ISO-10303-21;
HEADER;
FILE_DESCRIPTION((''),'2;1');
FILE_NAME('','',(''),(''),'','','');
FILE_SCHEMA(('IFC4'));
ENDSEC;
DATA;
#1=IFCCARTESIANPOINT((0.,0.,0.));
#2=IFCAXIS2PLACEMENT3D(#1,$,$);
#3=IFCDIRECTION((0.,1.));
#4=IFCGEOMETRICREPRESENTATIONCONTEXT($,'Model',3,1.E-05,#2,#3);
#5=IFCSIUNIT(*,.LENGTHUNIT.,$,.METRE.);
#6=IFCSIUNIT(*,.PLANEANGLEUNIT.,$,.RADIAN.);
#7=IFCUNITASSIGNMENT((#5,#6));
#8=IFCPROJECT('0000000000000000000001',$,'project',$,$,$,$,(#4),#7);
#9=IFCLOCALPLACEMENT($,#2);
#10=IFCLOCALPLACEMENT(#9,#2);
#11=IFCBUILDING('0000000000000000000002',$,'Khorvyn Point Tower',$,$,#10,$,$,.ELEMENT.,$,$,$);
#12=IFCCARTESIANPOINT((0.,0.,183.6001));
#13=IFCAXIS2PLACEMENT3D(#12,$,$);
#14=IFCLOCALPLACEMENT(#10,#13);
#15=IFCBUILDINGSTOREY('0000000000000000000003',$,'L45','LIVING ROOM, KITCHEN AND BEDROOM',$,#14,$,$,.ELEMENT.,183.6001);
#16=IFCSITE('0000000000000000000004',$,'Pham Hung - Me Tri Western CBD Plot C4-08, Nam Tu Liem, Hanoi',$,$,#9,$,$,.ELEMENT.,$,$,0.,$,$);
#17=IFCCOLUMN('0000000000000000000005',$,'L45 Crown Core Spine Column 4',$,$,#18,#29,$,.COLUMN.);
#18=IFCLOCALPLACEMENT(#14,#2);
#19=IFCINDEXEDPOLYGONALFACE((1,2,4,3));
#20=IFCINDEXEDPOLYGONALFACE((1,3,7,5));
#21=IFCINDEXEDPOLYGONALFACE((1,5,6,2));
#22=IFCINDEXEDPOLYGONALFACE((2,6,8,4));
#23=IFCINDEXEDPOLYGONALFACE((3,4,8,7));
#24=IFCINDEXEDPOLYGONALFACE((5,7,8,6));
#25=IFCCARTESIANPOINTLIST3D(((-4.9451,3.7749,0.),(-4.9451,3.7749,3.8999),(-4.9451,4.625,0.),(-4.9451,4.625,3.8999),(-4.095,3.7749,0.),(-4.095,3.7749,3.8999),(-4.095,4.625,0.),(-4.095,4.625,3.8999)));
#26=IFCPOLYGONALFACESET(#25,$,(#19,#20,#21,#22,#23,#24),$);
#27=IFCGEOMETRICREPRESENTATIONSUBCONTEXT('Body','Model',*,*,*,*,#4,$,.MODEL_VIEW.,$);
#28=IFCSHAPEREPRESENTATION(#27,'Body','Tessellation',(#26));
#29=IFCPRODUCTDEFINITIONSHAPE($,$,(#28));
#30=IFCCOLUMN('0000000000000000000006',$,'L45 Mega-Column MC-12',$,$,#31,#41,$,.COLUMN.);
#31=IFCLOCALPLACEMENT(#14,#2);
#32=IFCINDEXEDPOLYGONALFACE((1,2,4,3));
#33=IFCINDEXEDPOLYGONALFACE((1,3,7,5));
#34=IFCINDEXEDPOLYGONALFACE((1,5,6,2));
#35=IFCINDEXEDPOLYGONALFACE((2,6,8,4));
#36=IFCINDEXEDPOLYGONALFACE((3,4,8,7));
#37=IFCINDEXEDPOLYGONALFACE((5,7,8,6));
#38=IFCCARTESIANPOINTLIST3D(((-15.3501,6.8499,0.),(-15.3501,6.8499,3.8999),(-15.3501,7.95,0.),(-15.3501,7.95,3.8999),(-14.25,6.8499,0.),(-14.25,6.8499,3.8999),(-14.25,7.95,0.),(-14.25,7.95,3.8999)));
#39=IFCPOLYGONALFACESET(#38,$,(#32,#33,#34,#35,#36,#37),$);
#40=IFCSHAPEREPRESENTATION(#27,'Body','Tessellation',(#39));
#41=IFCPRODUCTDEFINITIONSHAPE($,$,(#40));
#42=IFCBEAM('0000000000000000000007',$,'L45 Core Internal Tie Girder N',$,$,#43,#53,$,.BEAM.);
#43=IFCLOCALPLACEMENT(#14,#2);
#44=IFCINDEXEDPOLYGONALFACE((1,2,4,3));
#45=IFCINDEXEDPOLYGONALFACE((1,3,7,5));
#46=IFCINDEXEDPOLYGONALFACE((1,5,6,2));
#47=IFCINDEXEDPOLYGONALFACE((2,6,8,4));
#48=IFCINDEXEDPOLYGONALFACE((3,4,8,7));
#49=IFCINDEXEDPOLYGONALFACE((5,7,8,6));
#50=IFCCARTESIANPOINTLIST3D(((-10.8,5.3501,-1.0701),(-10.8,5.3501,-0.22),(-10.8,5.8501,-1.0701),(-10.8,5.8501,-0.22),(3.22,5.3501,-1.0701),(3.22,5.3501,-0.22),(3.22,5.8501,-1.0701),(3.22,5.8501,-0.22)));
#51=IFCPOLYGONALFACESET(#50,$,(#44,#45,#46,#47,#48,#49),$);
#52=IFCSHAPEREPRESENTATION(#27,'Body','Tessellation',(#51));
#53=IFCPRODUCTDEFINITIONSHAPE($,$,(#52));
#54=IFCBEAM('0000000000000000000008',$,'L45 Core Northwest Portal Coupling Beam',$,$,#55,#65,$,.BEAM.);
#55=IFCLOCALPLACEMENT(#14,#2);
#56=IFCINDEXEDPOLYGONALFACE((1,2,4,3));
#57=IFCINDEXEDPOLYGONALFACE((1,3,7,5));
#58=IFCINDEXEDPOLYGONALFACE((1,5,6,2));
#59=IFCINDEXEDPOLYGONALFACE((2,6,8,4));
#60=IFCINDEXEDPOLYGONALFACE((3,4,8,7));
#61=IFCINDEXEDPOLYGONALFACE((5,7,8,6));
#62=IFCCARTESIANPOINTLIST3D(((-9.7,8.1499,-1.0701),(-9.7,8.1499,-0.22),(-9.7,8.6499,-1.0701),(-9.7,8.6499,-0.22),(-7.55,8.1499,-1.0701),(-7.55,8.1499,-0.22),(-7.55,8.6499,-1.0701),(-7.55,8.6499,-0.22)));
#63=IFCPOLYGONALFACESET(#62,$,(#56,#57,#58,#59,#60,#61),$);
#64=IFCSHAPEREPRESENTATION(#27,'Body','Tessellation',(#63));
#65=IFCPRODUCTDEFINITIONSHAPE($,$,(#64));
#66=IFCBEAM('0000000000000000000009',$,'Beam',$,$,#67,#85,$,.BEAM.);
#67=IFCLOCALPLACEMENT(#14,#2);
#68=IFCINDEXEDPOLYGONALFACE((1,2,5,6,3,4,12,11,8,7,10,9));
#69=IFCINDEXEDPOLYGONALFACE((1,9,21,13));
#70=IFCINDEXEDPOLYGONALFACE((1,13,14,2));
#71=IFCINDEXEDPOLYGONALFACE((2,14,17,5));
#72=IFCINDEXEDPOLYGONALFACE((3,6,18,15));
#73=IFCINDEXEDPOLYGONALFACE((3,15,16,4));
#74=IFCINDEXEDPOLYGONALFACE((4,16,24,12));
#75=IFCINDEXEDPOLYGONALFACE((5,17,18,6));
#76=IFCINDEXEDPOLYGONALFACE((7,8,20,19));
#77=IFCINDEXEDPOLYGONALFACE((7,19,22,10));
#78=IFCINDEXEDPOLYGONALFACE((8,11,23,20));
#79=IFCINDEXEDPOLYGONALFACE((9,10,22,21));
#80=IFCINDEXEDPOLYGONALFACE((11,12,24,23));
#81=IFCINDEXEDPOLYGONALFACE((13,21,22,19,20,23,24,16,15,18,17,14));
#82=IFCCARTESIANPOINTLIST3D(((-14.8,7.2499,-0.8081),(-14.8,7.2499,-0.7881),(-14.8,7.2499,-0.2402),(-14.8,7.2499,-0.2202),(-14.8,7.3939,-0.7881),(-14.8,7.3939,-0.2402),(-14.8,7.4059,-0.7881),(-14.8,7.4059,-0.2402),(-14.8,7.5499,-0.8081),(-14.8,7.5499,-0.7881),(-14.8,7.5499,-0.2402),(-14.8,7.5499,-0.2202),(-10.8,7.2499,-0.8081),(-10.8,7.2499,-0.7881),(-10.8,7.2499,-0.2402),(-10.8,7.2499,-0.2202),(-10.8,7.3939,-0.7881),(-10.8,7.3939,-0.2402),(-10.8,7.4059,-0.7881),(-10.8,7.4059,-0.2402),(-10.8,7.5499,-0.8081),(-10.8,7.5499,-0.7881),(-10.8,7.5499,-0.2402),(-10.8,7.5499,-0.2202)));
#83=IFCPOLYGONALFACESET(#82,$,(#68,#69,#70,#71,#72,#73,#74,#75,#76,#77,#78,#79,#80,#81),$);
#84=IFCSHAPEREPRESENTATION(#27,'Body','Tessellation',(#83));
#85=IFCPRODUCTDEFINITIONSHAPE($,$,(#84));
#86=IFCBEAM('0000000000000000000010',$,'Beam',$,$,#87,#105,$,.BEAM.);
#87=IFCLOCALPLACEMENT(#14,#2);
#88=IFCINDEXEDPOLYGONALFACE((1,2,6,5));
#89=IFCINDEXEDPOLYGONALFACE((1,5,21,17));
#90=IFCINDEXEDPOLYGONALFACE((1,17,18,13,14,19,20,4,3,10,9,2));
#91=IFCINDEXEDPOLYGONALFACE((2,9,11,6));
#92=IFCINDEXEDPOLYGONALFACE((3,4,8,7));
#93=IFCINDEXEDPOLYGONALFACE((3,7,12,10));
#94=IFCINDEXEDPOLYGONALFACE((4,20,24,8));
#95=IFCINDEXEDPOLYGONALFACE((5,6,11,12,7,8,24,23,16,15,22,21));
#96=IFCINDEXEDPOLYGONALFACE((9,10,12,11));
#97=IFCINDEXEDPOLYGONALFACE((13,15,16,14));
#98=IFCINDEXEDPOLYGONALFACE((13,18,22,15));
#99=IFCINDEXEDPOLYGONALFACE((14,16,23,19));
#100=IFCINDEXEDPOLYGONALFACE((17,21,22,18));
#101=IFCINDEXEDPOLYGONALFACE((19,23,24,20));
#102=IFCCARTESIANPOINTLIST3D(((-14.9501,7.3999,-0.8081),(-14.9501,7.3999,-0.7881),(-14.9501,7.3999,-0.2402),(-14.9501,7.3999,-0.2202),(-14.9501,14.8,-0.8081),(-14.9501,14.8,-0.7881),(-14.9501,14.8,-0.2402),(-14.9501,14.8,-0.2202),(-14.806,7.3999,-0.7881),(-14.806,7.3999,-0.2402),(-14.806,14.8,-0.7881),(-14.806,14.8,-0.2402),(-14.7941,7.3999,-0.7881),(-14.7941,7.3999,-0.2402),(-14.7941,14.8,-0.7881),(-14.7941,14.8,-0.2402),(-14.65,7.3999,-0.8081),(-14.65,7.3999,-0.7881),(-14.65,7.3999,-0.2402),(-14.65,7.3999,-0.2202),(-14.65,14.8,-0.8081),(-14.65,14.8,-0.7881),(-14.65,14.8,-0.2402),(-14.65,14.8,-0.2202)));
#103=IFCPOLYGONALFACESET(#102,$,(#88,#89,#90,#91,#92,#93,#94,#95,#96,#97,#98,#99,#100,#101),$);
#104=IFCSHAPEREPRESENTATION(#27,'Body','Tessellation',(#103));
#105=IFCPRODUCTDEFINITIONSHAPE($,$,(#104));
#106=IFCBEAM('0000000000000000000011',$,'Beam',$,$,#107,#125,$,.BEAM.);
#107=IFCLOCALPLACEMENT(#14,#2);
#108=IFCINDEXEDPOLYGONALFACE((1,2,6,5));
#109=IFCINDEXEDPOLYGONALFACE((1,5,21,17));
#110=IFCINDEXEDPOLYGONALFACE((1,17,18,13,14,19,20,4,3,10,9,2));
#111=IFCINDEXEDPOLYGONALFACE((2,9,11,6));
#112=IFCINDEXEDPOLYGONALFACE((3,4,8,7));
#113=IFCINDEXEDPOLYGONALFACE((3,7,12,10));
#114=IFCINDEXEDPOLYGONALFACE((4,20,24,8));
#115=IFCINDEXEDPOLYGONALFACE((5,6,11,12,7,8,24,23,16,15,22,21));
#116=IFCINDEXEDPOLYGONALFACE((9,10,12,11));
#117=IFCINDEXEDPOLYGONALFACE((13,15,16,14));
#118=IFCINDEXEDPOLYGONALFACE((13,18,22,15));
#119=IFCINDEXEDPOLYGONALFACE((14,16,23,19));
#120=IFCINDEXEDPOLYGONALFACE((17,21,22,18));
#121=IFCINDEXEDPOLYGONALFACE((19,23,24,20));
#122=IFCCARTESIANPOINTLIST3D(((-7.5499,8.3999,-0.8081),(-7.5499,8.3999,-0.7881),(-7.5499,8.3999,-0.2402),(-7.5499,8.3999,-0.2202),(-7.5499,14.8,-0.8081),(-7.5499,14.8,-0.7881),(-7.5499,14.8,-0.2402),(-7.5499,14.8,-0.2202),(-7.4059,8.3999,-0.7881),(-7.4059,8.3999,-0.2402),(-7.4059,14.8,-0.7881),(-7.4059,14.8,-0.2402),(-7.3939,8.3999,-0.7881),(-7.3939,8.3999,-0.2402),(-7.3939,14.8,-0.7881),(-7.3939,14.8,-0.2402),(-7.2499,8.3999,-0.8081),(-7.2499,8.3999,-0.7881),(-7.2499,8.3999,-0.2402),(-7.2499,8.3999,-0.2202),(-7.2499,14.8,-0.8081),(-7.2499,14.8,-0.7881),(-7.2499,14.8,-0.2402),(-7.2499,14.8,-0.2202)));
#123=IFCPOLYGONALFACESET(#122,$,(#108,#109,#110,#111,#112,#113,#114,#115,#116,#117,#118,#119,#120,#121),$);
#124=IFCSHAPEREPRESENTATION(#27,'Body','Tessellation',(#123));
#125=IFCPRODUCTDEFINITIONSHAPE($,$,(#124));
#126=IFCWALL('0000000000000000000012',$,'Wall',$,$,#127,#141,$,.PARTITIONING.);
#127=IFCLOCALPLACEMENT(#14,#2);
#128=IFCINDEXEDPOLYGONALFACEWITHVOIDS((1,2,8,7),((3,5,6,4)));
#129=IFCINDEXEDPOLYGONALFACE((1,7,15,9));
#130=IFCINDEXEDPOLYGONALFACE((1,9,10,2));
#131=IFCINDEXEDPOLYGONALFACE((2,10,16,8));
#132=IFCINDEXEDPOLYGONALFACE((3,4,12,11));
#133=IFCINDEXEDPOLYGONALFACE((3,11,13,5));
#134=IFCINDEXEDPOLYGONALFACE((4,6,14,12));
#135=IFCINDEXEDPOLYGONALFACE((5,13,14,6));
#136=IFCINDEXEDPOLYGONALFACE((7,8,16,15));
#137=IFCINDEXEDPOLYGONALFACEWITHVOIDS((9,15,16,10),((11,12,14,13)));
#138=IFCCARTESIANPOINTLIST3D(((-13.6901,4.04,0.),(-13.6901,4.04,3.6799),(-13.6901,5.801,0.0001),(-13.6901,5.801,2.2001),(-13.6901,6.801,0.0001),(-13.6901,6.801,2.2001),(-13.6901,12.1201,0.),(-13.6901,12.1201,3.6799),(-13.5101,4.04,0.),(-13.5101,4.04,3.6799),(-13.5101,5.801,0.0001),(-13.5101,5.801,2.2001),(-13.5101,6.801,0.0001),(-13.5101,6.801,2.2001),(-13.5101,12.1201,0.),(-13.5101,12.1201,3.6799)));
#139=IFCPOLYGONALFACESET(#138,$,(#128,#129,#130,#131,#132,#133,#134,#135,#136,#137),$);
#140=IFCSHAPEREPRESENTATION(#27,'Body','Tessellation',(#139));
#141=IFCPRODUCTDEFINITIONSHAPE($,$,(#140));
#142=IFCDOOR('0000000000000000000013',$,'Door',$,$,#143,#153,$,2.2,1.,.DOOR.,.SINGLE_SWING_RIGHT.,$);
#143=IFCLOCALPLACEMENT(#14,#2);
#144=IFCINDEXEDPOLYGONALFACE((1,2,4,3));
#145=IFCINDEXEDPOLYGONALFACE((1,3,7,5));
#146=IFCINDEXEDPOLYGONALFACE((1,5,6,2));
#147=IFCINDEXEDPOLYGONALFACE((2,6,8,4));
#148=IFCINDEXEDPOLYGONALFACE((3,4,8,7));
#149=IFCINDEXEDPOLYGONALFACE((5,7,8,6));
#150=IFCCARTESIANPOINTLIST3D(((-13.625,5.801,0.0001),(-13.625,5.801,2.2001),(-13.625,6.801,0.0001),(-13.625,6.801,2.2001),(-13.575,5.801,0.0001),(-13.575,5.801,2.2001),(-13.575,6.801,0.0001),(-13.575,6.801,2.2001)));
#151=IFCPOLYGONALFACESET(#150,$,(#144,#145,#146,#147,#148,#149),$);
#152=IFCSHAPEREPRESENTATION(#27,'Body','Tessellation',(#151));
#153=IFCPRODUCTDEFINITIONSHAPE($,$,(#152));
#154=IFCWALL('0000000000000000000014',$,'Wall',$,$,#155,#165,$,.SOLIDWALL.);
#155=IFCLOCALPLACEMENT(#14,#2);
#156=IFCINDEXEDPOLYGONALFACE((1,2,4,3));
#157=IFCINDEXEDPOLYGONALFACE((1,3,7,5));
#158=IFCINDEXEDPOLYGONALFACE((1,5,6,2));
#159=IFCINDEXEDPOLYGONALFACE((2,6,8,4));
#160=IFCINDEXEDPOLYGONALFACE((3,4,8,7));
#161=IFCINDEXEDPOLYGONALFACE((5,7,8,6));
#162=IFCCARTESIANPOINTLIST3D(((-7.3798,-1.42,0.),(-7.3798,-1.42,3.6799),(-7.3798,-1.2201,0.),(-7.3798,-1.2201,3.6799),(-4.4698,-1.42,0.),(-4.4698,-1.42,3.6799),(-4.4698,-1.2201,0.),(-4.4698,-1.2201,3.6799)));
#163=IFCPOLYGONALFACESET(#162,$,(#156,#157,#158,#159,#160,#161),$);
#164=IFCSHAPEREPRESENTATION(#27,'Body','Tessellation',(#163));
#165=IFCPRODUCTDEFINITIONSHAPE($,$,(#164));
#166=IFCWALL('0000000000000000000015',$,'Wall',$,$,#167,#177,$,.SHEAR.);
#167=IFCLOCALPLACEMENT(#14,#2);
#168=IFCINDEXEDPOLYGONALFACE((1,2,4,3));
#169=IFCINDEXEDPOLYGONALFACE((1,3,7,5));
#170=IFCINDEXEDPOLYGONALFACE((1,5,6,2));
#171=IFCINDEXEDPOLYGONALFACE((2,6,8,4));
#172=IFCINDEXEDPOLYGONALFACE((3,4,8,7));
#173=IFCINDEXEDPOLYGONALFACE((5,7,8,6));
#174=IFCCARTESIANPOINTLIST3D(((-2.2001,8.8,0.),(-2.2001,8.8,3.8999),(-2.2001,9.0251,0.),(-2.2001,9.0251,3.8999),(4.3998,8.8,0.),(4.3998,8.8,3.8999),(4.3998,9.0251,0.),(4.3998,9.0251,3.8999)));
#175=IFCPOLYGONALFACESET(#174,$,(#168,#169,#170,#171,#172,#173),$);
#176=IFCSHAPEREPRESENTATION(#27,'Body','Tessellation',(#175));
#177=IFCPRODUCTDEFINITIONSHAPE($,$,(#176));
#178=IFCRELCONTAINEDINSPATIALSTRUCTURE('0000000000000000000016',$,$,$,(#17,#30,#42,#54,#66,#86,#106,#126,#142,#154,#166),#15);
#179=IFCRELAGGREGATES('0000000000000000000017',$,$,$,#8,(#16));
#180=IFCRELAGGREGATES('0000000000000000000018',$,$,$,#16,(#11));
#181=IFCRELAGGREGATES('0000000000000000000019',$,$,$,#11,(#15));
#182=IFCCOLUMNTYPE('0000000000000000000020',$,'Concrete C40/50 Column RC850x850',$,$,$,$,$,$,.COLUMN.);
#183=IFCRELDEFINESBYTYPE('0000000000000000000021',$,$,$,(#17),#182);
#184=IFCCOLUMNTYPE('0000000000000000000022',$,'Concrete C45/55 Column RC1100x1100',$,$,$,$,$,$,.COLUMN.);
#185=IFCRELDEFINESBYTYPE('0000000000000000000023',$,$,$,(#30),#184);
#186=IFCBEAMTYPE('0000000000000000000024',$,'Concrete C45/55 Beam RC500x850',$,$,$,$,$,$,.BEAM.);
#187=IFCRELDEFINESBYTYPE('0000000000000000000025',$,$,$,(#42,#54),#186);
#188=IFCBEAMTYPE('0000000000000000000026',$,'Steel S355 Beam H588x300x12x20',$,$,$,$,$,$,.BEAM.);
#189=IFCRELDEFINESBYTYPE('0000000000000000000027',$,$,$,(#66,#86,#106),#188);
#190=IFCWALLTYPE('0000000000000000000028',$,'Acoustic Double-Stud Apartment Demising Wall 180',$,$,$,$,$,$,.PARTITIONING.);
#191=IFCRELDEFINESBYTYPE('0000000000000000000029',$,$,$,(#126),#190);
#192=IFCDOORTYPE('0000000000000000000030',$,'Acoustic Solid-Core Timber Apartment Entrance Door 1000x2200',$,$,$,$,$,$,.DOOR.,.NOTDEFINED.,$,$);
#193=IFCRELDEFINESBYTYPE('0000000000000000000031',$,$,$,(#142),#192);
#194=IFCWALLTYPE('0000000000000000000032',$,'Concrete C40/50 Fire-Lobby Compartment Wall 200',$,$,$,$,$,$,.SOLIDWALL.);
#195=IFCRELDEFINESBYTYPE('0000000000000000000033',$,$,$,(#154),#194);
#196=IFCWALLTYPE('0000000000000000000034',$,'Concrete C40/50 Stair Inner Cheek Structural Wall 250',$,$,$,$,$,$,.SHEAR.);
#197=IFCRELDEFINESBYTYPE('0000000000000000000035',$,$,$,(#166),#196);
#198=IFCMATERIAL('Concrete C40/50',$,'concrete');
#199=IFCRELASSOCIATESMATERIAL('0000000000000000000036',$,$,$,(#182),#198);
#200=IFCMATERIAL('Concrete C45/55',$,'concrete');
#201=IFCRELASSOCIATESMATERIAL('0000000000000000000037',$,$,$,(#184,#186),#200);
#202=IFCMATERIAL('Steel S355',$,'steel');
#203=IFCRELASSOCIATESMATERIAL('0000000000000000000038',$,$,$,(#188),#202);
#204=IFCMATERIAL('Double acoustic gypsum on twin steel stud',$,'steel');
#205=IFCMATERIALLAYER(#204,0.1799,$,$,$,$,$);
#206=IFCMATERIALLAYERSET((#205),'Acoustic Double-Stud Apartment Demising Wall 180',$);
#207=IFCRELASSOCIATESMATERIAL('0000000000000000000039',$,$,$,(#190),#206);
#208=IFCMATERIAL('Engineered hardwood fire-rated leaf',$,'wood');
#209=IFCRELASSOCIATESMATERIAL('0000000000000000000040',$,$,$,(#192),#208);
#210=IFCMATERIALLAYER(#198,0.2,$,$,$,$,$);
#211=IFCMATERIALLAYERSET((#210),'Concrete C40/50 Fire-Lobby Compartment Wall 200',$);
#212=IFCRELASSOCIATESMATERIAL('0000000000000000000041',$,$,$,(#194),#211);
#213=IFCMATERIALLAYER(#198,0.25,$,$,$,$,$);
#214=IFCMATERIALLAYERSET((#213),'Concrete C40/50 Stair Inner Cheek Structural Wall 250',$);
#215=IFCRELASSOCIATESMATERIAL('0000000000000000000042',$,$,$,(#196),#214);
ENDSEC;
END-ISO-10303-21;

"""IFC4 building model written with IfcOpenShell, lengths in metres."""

from ifc_helpers import new_model, si_unit, direction, frame, frame_2d, origin, origin_2d, place, context, subcontext, project, spatial, rectangle, i_section, extrude, material, layer, layer_set, material_profile, profile_set, type_object, element, fill, save


model = new_model("IFC4")

# Units and contexts
model_context = context("Model", 3, precision=1e-05, world=origin(), true_north=direction((0.0, 1.0)))
body_context = subcontext(model_context, "Body", "Model", "MODEL_VIEW")
ifc_project = project(units=[si_unit("LENGTHUNIT", "METRE"), si_unit("PLANEANGLEUNIT", "RADIAN")], contexts=[model_context])

# Site, building, storey
site_placement = place(None, origin())
site = spatial("IfcSite", under=ifc_project, at=site_placement, Name="Pham Hung - Me Tri Western CBD Plot C4-08, Nam Tu Liem, Hanoi", CompositionType="ELEMENT", RefElevation=0.0)
building_placement = place(site_placement, origin())
building = spatial("IfcBuilding", under=site, at=building_placement, Name="Khorvyn Point Tower", CompositionType="ELEMENT")
storey_placement = place(building_placement, frame((0.0, 0.0, 183.6001)))
storey = spatial("IfcBuildingStorey", under=building, at=storey_placement, Name="L45", Description="LIVING ROOM, KITCHEN AND BEDROOM", CompositionType="ELEMENT", Elevation=183.6001)

# Columns
ifc_material_1 = material(Name="Concrete C40/50", Category="concrete")
ifc_material_profile_1 = material_profile(ifc_material_1, rectangle(XDim=0.8501, YDim=0.8501, at=origin_2d()))
ifc_profile_set_1 = profile_set([ifc_material_profile_1], Name="Concrete C40/50 RC850x850")
column_type_1 = type_object("IfcColumnType", Name="Concrete C40/50 Column RC850x850", PredefinedType="COLUMN", material=ifc_profile_set_1)
column_1_placement = place(storey_placement, frame((-4.52, 4.2, 0.0), z_axis=(0.0, 0.0, 1.0), x_axis=(1.0, 0.0, 0.0)))
element("IfcColumn", 1, at=column_1_placement, inside=storey, type_object=column_type_1, Name="L45 Crown Core Spine Column 4", PredefinedType="COLUMN", context=body_context, shape_type="SweptSolid", body=[
    extrude(rectangle(XDim=0.8501, YDim=0.8501, at=origin_2d()), origin(), (0.0, 0.0, 1.0), 3.8999),
])
ifc_material_2 = material(Name="Concrete C45/55", Category="concrete")
ifc_material_profile_2 = material_profile(ifc_material_2, rectangle(XDim=1.1001, YDim=1.1001, at=origin_2d()))
ifc_profile_set_2 = profile_set([ifc_material_profile_2], Name="Concrete C45/55 RC1100x1100")
column_type_2 = type_object("IfcColumnType", Name="Concrete C45/55 Column RC1100x1100", PredefinedType="COLUMN", material=ifc_profile_set_2)
column_2_placement = place(storey_placement, frame((-14.8, 7.3999, 0.0), z_axis=(0.0, 0.0, 1.0), x_axis=(1.0, 0.0, 0.0)))
element("IfcColumn", 2, at=column_2_placement, inside=storey, type_object=column_type_2, Name="L45 Mega-Column MC-12", PredefinedType="COLUMN", context=body_context, shape_type="SweptSolid", body=[
    extrude(rectangle(XDim=1.1001, YDim=1.1001, at=origin_2d()), origin(), (0.0, 0.0, 1.0), 3.8999),
])

# Beams
ifc_material_profile_3 = material_profile(ifc_material_2, rectangle(XDim=0.5, YDim=0.8501, at=origin_2d()))
ifc_profile_set_3 = profile_set([ifc_material_profile_3], Name="Concrete C45/55 RC500x850")
beam_type_1 = type_object("IfcBeamType", Name="Concrete C45/55 Beam RC500x850", PredefinedType="BEAM", material=ifc_profile_set_3)
beam_1_placement = place(storey_placement, frame((-10.8, 5.6001, -0.645), z_axis=(1.0, 0.0, 0.0), x_axis=(0.0, 1.0, 0.0)))
element("IfcBeam", 3, at=beam_1_placement, inside=storey, type_object=beam_type_1, Name="L45 Core Internal Tie Girder N", PredefinedType="BEAM", context=body_context, shape_type="SweptSolid", body=[
    extrude(rectangle(XDim=0.5, YDim=0.8501, at=origin_2d()), origin(), (0.0, 0.0, 1.0), 14.02),
])
beam_2_placement = place(storey_placement, frame((-9.7, 8.3999, -0.645), z_axis=(1.0, 0.0, 0.0), x_axis=(0.0, 1.0, 0.0)))
element("IfcBeam", 4, at=beam_2_placement, inside=storey, type_object=beam_type_1, Name="L45 Core Northwest Portal Coupling Beam", PredefinedType="BEAM", context=body_context, shape_type="SweptSolid", body=[
    extrude(rectangle(XDim=0.5, YDim=0.8501, at=origin_2d()), origin(), (0.0, 0.0, 1.0), 2.1499),
])
ifc_material_3 = material(Name="Steel S355", Category="steel")
ifc_material_profile_4 = material_profile(ifc_material_3, i_section(OverallWidth=0.3, OverallDepth=0.5879, WebThickness=0.012, FlangeThickness=0.02, at=origin_2d()))
ifc_profile_set_4 = profile_set([ifc_material_profile_4], Name="Steel S355 H588x300x12x20")
beam_type_2 = type_object("IfcBeamType", Name="Steel S355 Beam H588x300x12x20", PredefinedType="BEAM", material=ifc_profile_set_4)
beam_3_placement = place(storey_placement, frame((-14.8, 7.3999, -0.5142), z_axis=(1.0, 0.0, 0.0), x_axis=(0.0, 1.0, 0.0)))
element("IfcBeam", 5, at=beam_3_placement, inside=storey, type_object=beam_type_2, Name="Beam", PredefinedType="BEAM", context=body_context, shape_type="SweptSolid", body=[
    extrude(i_section(OverallWidth=0.3, OverallDepth=0.5879, WebThickness=0.012, FlangeThickness=0.02, at=origin_2d()), origin(), (0.0, 0.0, 1.0), 4.0),
])
beam_4_placement = place(storey_placement, frame((-14.8, 7.3999, -0.5142), z_axis=(0.0, 1.0, 0.0), x_axis=(-1.0, 0.0, 0.0)))
element("IfcBeam", 6, at=beam_4_placement, inside=storey, type_object=beam_type_2, Name="Beam", PredefinedType="BEAM", context=body_context, shape_type="SweptSolid", body=[
    extrude(i_section(OverallWidth=0.3, OverallDepth=0.5879, WebThickness=0.012, FlangeThickness=0.02, at=origin_2d()), origin(), (0.0, 0.0, 1.0), 7.4001),
])
beam_5_placement = place(storey_placement, frame((-7.3999, 8.3999, -0.5142), z_axis=(0.0, 1.0, 0.0), x_axis=(-1.0, 0.0, 0.0)))
element("IfcBeam", 7, at=beam_5_placement, inside=storey, type_object=beam_type_2, Name="Beam", PredefinedType="BEAM", context=body_context, shape_type="SweptSolid", body=[
    extrude(i_section(OverallWidth=0.3, OverallDepth=0.5879, WebThickness=0.012, FlangeThickness=0.02, at=origin_2d()), origin(), (0.0, 0.0, 1.0), 6.4001),
])

# Wall, opening, door
ifc_material_4 = material(Name="Double acoustic gypsum on twin steel stud", Category="steel")
ifc_layer_1 = layer(ifc_material_4, 0.1799)
ifc_layer_set_1 = layer_set([ifc_layer_1], Name="Acoustic Double-Stud Apartment Demising Wall 180")
wall_type_1 = type_object("IfcWallType", Name="Acoustic Double-Stud Apartment Demising Wall 180", PredefinedType="PARTITIONING", material=ifc_layer_set_1)
wall_1_placement = place(storey_placement, frame((-13.6001, 4.04, 0.0), z_axis=(0.0, 0.0, 1.0), x_axis=(0.0, 1.0, 0.0)))
wall_1 = element("IfcWall", 8, at=wall_1_placement, inside=storey, type_object=wall_type_1, Name="Wall", PredefinedType="PARTITIONING", context=body_context, shape_type="SweptSolid", body=[
    extrude(rectangle(XDim=8.0801, YDim=0.1799, at=frame_2d((4.04, 0.0))), origin(), (0.0, 0.0, 1.0), 3.6799),
])
opening_1_placement = place(wall_1_placement, frame((1.761, 0.0, 0.0)))
opening_1 = element("IfcOpeningElement", 9, at=opening_1_placement, cuts=wall_1, PredefinedType="OPENING", context=body_context, shape_type="SweptSolid", body=[
    extrude(rectangle(XDim=1.0, YDim=2.2, at=frame_2d((0.5, 1.1001))), frame((0.0, 0.0999, 0.0), z_axis=(0.0, -1.0, 0.0), x_axis=(1.0, 0.0, 0.0)), (0.0, 0.0, 1.0), 0.2),
])
ifc_material_5 = material(Name="Engineered hardwood fire-rated leaf", Category="wood")
door_type_1 = type_object("IfcDoorType", Name="Acoustic Solid-Core Timber Apartment Entrance Door 1000x2200", OperationType="NOTDEFINED", PredefinedType="DOOR", material=ifc_material_5)
door_1_placement = place(opening_1_placement, origin())
door_1 = element("IfcDoor", 10, at=door_1_placement, inside=storey, type_object=door_type_1, Name="Door", OperationType="SINGLE_SWING_RIGHT", OverallHeight=2.2, OverallWidth=1.0, PredefinedType="DOOR", context=body_context, shape_type="SweptSolid", body=[
    extrude(rectangle(XDim=1.0, YDim=2.2, at=frame_2d((0.5, 1.1001))), frame((0.0, 0.0249, 0.0), z_axis=(0.0, -1.0, 0.0), x_axis=(1.0, 0.0, 0.0)), (0.0, 0.0, 1.0), 0.05),
])
fill(opening_1, door_1)
ifc_layer_2 = layer(ifc_material_1, 0.2)
ifc_layer_set_2 = layer_set([ifc_layer_2], Name="Concrete C40/50 Fire-Lobby Compartment Wall 200")
wall_type_2 = type_object("IfcWallType", Name="Concrete C40/50 Fire-Lobby Compartment Wall 200", PredefinedType="SOLIDWALL", material=ifc_layer_set_2)

# Walls
wall_2_placement = place(storey_placement, frame((-7.3799, -1.3201, 0.0), z_axis=(0.0, 0.0, 1.0), x_axis=(1.0, 0.0, 0.0)))
element("IfcWall", 11, at=wall_2_placement, inside=storey, type_object=wall_type_2, Name="Wall", PredefinedType="SOLIDWALL", context=body_context, shape_type="SweptSolid", body=[
    extrude(rectangle(XDim=2.9099, YDim=0.2, at=frame_2d((1.4551, 0.0))), origin(), (0.0, 0.0, 1.0), 3.6799),
])
ifc_layer_3 = layer(ifc_material_1, 0.25)
ifc_layer_set_3 = layer_set([ifc_layer_3], Name="Concrete C40/50 Stair Inner Cheek Structural Wall 250")
wall_type_3 = type_object("IfcWallType", Name="Concrete C40/50 Stair Inner Cheek Structural Wall 250", PredefinedType="SHEAR", material=ifc_layer_set_3)
wall_3_placement = place(storey_placement, frame((-2.2, 8.9126, 0.0), z_axis=(0.0, 0.0, 1.0), x_axis=(1.0, 0.0, 0.0)))
element("IfcWall", 12, at=wall_3_placement, inside=storey, type_object=wall_type_3, Name="Wall", PredefinedType="SHEAR", context=body_context, shape_type="SweptSolid", body=[
    extrude(rectangle(XDim=6.5999, YDim=0.2251, at=frame_2d((3.2998, 0.0))), origin(), (0.0, 0.0, 1.0), 3.8999),
])

save(model, "model.ifc")
